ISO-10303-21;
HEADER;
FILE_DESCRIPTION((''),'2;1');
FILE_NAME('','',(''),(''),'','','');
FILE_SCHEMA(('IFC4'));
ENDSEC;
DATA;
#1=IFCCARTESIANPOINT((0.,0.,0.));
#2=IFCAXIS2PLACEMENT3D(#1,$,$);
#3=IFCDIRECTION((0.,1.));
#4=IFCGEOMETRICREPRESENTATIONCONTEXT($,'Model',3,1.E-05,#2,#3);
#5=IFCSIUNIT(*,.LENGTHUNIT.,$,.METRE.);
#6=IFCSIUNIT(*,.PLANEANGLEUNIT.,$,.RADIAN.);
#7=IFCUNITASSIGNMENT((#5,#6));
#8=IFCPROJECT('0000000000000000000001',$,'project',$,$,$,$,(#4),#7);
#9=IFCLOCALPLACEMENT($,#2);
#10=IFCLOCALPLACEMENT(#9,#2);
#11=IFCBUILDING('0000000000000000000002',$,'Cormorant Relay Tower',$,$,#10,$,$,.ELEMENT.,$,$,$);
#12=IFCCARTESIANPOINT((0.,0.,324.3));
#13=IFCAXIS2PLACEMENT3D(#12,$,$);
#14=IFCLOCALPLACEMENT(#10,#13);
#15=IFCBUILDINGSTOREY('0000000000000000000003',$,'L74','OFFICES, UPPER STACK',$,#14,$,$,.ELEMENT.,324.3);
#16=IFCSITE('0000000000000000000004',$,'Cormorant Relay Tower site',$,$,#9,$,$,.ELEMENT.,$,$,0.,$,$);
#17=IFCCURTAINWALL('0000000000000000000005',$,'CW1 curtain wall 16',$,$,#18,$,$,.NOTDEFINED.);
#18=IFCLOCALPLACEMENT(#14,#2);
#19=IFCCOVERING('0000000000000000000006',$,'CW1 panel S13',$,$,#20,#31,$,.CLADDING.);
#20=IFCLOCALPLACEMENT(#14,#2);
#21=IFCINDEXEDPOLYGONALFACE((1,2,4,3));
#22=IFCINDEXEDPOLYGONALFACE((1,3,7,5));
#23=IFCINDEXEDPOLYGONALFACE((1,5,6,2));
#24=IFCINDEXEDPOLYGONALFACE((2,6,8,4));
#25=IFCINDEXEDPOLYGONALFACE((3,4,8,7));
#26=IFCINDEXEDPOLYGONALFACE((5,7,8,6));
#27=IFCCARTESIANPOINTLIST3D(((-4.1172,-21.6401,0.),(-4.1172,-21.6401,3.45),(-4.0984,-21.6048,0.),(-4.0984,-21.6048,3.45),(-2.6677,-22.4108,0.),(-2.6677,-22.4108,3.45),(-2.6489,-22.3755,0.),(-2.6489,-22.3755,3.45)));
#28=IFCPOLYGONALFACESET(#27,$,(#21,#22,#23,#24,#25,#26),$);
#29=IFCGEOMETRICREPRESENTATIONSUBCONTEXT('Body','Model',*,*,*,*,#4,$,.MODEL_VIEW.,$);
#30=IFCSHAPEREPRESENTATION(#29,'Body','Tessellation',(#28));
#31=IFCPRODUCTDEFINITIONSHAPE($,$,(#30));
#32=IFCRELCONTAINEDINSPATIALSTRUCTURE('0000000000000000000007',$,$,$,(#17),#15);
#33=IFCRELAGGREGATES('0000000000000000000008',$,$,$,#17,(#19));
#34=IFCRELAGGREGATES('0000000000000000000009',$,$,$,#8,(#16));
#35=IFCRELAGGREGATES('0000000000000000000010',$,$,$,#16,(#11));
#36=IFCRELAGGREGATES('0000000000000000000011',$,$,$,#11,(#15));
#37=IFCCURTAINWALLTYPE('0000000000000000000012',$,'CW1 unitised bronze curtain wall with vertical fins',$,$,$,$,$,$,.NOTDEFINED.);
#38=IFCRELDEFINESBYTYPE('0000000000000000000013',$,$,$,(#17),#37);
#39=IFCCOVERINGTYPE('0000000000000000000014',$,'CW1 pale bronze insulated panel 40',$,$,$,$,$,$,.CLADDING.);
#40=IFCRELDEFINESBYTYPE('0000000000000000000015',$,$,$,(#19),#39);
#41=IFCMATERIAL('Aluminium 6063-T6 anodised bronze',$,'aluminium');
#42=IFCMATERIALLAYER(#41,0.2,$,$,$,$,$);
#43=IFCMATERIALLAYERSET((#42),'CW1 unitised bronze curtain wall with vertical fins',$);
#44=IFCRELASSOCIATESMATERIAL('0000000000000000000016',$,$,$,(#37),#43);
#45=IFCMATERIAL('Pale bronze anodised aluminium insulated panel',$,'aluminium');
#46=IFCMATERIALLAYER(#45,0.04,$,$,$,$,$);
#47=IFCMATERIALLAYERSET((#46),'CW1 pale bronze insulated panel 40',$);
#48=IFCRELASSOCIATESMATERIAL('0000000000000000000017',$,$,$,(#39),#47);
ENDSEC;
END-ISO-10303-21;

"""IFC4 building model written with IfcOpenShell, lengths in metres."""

from ifc_helpers import new_model, si_unit, direction, frame, origin, origin_2d, place, context, subcontext, project, spatial, rectangle, extrude, material, layer, layer_set, type_object, element, aggregate, save


model = new_model("IFC4")

# Units and contexts
model_context = context("Model", 3, precision=1e-05, world=origin(), true_north=direction((0.0, 1.0)))
body_context = subcontext(model_context, "Body", "Model", "MODEL_VIEW")
ifc_project = project(units=[si_unit("LENGTHUNIT", "METRE"), si_unit("PLANEANGLEUNIT", "RADIAN")], contexts=[model_context])

# Site, building, storey
site_placement = place(None, origin())
site = spatial("IfcSite", under=ifc_project, at=site_placement, Name="Cormorant Relay Tower site", CompositionType="ELEMENT", RefElevation=0.0)
building_placement = place(site_placement, origin())
building = spatial("IfcBuilding", under=site, at=building_placement, Name="Cormorant Relay Tower", CompositionType="ELEMENT")
storey_placement = place(building_placement, frame((0.0, 0.0, 324.3)))
storey = spatial("IfcBuildingStorey", under=building, at=storey_placement, Name="L74", Description="OFFICES, UPPER STACK", CompositionType="ELEMENT", Elevation=324.3)

# Shared definitions
ifc_material_1 = material(Name="Aluminium 6063-T6 anodised bronze", Category="aluminium")
ifc_layer_1 = layer(ifc_material_1, 0.2)
ifc_layer_set_1 = layer_set([ifc_layer_1], Name="CW1 unitised bronze curtain wall with vertical fins")
curtain_wall_type_1 = type_object("IfcCurtainWallType", Name="CW1 unitised bronze curtain wall with vertical fins", PredefinedType="NOTDEFINED", material=ifc_layer_set_1)

# Curtain wall
curtain_wall_1_placement = place(storey_placement, origin())
curtain_wall_1 = element("IfcCurtainWall", 1, at=curtain_wall_1_placement, inside=storey, type_object=curtain_wall_type_1, Name="CW1 curtain wall 16", PredefinedType="NOTDEFINED")

# Covering
ifc_material_2 = material(Name="Pale bronze anodised aluminium insulated panel", Category="aluminium")
ifc_layer_2 = layer(ifc_material_2, 0.04)
ifc_layer_set_2 = layer_set([ifc_layer_2], Name="CW1 pale bronze insulated panel 40")
covering_type = type_object("IfcCoveringType", Name="CW1 pale bronze insulated panel 40", PredefinedType="CLADDING", material=ifc_layer_set_2)
covering_1_placement = place(storey_placement, frame((-3.3831, -22.0078, 0.0), z_axis=(0.0, 0.0, 1.0), x_axis=(0.882948, -0.469472, 0.0)))
covering_1 = element("IfcCovering", 2, at=covering_1_placement, type_object=covering_type, Name="CW1 panel S13", PredefinedType="CLADDING", context=body_context, shape_type="SweptSolid", body=[
    extrude(rectangle(XDim=1.6416, YDim=0.04, at=origin_2d()), origin(), (0.0, 0.0, 1.0), 3.45),
])
aggregate(curtain_wall_1, [covering_1])

save(model, "model.ifc")
